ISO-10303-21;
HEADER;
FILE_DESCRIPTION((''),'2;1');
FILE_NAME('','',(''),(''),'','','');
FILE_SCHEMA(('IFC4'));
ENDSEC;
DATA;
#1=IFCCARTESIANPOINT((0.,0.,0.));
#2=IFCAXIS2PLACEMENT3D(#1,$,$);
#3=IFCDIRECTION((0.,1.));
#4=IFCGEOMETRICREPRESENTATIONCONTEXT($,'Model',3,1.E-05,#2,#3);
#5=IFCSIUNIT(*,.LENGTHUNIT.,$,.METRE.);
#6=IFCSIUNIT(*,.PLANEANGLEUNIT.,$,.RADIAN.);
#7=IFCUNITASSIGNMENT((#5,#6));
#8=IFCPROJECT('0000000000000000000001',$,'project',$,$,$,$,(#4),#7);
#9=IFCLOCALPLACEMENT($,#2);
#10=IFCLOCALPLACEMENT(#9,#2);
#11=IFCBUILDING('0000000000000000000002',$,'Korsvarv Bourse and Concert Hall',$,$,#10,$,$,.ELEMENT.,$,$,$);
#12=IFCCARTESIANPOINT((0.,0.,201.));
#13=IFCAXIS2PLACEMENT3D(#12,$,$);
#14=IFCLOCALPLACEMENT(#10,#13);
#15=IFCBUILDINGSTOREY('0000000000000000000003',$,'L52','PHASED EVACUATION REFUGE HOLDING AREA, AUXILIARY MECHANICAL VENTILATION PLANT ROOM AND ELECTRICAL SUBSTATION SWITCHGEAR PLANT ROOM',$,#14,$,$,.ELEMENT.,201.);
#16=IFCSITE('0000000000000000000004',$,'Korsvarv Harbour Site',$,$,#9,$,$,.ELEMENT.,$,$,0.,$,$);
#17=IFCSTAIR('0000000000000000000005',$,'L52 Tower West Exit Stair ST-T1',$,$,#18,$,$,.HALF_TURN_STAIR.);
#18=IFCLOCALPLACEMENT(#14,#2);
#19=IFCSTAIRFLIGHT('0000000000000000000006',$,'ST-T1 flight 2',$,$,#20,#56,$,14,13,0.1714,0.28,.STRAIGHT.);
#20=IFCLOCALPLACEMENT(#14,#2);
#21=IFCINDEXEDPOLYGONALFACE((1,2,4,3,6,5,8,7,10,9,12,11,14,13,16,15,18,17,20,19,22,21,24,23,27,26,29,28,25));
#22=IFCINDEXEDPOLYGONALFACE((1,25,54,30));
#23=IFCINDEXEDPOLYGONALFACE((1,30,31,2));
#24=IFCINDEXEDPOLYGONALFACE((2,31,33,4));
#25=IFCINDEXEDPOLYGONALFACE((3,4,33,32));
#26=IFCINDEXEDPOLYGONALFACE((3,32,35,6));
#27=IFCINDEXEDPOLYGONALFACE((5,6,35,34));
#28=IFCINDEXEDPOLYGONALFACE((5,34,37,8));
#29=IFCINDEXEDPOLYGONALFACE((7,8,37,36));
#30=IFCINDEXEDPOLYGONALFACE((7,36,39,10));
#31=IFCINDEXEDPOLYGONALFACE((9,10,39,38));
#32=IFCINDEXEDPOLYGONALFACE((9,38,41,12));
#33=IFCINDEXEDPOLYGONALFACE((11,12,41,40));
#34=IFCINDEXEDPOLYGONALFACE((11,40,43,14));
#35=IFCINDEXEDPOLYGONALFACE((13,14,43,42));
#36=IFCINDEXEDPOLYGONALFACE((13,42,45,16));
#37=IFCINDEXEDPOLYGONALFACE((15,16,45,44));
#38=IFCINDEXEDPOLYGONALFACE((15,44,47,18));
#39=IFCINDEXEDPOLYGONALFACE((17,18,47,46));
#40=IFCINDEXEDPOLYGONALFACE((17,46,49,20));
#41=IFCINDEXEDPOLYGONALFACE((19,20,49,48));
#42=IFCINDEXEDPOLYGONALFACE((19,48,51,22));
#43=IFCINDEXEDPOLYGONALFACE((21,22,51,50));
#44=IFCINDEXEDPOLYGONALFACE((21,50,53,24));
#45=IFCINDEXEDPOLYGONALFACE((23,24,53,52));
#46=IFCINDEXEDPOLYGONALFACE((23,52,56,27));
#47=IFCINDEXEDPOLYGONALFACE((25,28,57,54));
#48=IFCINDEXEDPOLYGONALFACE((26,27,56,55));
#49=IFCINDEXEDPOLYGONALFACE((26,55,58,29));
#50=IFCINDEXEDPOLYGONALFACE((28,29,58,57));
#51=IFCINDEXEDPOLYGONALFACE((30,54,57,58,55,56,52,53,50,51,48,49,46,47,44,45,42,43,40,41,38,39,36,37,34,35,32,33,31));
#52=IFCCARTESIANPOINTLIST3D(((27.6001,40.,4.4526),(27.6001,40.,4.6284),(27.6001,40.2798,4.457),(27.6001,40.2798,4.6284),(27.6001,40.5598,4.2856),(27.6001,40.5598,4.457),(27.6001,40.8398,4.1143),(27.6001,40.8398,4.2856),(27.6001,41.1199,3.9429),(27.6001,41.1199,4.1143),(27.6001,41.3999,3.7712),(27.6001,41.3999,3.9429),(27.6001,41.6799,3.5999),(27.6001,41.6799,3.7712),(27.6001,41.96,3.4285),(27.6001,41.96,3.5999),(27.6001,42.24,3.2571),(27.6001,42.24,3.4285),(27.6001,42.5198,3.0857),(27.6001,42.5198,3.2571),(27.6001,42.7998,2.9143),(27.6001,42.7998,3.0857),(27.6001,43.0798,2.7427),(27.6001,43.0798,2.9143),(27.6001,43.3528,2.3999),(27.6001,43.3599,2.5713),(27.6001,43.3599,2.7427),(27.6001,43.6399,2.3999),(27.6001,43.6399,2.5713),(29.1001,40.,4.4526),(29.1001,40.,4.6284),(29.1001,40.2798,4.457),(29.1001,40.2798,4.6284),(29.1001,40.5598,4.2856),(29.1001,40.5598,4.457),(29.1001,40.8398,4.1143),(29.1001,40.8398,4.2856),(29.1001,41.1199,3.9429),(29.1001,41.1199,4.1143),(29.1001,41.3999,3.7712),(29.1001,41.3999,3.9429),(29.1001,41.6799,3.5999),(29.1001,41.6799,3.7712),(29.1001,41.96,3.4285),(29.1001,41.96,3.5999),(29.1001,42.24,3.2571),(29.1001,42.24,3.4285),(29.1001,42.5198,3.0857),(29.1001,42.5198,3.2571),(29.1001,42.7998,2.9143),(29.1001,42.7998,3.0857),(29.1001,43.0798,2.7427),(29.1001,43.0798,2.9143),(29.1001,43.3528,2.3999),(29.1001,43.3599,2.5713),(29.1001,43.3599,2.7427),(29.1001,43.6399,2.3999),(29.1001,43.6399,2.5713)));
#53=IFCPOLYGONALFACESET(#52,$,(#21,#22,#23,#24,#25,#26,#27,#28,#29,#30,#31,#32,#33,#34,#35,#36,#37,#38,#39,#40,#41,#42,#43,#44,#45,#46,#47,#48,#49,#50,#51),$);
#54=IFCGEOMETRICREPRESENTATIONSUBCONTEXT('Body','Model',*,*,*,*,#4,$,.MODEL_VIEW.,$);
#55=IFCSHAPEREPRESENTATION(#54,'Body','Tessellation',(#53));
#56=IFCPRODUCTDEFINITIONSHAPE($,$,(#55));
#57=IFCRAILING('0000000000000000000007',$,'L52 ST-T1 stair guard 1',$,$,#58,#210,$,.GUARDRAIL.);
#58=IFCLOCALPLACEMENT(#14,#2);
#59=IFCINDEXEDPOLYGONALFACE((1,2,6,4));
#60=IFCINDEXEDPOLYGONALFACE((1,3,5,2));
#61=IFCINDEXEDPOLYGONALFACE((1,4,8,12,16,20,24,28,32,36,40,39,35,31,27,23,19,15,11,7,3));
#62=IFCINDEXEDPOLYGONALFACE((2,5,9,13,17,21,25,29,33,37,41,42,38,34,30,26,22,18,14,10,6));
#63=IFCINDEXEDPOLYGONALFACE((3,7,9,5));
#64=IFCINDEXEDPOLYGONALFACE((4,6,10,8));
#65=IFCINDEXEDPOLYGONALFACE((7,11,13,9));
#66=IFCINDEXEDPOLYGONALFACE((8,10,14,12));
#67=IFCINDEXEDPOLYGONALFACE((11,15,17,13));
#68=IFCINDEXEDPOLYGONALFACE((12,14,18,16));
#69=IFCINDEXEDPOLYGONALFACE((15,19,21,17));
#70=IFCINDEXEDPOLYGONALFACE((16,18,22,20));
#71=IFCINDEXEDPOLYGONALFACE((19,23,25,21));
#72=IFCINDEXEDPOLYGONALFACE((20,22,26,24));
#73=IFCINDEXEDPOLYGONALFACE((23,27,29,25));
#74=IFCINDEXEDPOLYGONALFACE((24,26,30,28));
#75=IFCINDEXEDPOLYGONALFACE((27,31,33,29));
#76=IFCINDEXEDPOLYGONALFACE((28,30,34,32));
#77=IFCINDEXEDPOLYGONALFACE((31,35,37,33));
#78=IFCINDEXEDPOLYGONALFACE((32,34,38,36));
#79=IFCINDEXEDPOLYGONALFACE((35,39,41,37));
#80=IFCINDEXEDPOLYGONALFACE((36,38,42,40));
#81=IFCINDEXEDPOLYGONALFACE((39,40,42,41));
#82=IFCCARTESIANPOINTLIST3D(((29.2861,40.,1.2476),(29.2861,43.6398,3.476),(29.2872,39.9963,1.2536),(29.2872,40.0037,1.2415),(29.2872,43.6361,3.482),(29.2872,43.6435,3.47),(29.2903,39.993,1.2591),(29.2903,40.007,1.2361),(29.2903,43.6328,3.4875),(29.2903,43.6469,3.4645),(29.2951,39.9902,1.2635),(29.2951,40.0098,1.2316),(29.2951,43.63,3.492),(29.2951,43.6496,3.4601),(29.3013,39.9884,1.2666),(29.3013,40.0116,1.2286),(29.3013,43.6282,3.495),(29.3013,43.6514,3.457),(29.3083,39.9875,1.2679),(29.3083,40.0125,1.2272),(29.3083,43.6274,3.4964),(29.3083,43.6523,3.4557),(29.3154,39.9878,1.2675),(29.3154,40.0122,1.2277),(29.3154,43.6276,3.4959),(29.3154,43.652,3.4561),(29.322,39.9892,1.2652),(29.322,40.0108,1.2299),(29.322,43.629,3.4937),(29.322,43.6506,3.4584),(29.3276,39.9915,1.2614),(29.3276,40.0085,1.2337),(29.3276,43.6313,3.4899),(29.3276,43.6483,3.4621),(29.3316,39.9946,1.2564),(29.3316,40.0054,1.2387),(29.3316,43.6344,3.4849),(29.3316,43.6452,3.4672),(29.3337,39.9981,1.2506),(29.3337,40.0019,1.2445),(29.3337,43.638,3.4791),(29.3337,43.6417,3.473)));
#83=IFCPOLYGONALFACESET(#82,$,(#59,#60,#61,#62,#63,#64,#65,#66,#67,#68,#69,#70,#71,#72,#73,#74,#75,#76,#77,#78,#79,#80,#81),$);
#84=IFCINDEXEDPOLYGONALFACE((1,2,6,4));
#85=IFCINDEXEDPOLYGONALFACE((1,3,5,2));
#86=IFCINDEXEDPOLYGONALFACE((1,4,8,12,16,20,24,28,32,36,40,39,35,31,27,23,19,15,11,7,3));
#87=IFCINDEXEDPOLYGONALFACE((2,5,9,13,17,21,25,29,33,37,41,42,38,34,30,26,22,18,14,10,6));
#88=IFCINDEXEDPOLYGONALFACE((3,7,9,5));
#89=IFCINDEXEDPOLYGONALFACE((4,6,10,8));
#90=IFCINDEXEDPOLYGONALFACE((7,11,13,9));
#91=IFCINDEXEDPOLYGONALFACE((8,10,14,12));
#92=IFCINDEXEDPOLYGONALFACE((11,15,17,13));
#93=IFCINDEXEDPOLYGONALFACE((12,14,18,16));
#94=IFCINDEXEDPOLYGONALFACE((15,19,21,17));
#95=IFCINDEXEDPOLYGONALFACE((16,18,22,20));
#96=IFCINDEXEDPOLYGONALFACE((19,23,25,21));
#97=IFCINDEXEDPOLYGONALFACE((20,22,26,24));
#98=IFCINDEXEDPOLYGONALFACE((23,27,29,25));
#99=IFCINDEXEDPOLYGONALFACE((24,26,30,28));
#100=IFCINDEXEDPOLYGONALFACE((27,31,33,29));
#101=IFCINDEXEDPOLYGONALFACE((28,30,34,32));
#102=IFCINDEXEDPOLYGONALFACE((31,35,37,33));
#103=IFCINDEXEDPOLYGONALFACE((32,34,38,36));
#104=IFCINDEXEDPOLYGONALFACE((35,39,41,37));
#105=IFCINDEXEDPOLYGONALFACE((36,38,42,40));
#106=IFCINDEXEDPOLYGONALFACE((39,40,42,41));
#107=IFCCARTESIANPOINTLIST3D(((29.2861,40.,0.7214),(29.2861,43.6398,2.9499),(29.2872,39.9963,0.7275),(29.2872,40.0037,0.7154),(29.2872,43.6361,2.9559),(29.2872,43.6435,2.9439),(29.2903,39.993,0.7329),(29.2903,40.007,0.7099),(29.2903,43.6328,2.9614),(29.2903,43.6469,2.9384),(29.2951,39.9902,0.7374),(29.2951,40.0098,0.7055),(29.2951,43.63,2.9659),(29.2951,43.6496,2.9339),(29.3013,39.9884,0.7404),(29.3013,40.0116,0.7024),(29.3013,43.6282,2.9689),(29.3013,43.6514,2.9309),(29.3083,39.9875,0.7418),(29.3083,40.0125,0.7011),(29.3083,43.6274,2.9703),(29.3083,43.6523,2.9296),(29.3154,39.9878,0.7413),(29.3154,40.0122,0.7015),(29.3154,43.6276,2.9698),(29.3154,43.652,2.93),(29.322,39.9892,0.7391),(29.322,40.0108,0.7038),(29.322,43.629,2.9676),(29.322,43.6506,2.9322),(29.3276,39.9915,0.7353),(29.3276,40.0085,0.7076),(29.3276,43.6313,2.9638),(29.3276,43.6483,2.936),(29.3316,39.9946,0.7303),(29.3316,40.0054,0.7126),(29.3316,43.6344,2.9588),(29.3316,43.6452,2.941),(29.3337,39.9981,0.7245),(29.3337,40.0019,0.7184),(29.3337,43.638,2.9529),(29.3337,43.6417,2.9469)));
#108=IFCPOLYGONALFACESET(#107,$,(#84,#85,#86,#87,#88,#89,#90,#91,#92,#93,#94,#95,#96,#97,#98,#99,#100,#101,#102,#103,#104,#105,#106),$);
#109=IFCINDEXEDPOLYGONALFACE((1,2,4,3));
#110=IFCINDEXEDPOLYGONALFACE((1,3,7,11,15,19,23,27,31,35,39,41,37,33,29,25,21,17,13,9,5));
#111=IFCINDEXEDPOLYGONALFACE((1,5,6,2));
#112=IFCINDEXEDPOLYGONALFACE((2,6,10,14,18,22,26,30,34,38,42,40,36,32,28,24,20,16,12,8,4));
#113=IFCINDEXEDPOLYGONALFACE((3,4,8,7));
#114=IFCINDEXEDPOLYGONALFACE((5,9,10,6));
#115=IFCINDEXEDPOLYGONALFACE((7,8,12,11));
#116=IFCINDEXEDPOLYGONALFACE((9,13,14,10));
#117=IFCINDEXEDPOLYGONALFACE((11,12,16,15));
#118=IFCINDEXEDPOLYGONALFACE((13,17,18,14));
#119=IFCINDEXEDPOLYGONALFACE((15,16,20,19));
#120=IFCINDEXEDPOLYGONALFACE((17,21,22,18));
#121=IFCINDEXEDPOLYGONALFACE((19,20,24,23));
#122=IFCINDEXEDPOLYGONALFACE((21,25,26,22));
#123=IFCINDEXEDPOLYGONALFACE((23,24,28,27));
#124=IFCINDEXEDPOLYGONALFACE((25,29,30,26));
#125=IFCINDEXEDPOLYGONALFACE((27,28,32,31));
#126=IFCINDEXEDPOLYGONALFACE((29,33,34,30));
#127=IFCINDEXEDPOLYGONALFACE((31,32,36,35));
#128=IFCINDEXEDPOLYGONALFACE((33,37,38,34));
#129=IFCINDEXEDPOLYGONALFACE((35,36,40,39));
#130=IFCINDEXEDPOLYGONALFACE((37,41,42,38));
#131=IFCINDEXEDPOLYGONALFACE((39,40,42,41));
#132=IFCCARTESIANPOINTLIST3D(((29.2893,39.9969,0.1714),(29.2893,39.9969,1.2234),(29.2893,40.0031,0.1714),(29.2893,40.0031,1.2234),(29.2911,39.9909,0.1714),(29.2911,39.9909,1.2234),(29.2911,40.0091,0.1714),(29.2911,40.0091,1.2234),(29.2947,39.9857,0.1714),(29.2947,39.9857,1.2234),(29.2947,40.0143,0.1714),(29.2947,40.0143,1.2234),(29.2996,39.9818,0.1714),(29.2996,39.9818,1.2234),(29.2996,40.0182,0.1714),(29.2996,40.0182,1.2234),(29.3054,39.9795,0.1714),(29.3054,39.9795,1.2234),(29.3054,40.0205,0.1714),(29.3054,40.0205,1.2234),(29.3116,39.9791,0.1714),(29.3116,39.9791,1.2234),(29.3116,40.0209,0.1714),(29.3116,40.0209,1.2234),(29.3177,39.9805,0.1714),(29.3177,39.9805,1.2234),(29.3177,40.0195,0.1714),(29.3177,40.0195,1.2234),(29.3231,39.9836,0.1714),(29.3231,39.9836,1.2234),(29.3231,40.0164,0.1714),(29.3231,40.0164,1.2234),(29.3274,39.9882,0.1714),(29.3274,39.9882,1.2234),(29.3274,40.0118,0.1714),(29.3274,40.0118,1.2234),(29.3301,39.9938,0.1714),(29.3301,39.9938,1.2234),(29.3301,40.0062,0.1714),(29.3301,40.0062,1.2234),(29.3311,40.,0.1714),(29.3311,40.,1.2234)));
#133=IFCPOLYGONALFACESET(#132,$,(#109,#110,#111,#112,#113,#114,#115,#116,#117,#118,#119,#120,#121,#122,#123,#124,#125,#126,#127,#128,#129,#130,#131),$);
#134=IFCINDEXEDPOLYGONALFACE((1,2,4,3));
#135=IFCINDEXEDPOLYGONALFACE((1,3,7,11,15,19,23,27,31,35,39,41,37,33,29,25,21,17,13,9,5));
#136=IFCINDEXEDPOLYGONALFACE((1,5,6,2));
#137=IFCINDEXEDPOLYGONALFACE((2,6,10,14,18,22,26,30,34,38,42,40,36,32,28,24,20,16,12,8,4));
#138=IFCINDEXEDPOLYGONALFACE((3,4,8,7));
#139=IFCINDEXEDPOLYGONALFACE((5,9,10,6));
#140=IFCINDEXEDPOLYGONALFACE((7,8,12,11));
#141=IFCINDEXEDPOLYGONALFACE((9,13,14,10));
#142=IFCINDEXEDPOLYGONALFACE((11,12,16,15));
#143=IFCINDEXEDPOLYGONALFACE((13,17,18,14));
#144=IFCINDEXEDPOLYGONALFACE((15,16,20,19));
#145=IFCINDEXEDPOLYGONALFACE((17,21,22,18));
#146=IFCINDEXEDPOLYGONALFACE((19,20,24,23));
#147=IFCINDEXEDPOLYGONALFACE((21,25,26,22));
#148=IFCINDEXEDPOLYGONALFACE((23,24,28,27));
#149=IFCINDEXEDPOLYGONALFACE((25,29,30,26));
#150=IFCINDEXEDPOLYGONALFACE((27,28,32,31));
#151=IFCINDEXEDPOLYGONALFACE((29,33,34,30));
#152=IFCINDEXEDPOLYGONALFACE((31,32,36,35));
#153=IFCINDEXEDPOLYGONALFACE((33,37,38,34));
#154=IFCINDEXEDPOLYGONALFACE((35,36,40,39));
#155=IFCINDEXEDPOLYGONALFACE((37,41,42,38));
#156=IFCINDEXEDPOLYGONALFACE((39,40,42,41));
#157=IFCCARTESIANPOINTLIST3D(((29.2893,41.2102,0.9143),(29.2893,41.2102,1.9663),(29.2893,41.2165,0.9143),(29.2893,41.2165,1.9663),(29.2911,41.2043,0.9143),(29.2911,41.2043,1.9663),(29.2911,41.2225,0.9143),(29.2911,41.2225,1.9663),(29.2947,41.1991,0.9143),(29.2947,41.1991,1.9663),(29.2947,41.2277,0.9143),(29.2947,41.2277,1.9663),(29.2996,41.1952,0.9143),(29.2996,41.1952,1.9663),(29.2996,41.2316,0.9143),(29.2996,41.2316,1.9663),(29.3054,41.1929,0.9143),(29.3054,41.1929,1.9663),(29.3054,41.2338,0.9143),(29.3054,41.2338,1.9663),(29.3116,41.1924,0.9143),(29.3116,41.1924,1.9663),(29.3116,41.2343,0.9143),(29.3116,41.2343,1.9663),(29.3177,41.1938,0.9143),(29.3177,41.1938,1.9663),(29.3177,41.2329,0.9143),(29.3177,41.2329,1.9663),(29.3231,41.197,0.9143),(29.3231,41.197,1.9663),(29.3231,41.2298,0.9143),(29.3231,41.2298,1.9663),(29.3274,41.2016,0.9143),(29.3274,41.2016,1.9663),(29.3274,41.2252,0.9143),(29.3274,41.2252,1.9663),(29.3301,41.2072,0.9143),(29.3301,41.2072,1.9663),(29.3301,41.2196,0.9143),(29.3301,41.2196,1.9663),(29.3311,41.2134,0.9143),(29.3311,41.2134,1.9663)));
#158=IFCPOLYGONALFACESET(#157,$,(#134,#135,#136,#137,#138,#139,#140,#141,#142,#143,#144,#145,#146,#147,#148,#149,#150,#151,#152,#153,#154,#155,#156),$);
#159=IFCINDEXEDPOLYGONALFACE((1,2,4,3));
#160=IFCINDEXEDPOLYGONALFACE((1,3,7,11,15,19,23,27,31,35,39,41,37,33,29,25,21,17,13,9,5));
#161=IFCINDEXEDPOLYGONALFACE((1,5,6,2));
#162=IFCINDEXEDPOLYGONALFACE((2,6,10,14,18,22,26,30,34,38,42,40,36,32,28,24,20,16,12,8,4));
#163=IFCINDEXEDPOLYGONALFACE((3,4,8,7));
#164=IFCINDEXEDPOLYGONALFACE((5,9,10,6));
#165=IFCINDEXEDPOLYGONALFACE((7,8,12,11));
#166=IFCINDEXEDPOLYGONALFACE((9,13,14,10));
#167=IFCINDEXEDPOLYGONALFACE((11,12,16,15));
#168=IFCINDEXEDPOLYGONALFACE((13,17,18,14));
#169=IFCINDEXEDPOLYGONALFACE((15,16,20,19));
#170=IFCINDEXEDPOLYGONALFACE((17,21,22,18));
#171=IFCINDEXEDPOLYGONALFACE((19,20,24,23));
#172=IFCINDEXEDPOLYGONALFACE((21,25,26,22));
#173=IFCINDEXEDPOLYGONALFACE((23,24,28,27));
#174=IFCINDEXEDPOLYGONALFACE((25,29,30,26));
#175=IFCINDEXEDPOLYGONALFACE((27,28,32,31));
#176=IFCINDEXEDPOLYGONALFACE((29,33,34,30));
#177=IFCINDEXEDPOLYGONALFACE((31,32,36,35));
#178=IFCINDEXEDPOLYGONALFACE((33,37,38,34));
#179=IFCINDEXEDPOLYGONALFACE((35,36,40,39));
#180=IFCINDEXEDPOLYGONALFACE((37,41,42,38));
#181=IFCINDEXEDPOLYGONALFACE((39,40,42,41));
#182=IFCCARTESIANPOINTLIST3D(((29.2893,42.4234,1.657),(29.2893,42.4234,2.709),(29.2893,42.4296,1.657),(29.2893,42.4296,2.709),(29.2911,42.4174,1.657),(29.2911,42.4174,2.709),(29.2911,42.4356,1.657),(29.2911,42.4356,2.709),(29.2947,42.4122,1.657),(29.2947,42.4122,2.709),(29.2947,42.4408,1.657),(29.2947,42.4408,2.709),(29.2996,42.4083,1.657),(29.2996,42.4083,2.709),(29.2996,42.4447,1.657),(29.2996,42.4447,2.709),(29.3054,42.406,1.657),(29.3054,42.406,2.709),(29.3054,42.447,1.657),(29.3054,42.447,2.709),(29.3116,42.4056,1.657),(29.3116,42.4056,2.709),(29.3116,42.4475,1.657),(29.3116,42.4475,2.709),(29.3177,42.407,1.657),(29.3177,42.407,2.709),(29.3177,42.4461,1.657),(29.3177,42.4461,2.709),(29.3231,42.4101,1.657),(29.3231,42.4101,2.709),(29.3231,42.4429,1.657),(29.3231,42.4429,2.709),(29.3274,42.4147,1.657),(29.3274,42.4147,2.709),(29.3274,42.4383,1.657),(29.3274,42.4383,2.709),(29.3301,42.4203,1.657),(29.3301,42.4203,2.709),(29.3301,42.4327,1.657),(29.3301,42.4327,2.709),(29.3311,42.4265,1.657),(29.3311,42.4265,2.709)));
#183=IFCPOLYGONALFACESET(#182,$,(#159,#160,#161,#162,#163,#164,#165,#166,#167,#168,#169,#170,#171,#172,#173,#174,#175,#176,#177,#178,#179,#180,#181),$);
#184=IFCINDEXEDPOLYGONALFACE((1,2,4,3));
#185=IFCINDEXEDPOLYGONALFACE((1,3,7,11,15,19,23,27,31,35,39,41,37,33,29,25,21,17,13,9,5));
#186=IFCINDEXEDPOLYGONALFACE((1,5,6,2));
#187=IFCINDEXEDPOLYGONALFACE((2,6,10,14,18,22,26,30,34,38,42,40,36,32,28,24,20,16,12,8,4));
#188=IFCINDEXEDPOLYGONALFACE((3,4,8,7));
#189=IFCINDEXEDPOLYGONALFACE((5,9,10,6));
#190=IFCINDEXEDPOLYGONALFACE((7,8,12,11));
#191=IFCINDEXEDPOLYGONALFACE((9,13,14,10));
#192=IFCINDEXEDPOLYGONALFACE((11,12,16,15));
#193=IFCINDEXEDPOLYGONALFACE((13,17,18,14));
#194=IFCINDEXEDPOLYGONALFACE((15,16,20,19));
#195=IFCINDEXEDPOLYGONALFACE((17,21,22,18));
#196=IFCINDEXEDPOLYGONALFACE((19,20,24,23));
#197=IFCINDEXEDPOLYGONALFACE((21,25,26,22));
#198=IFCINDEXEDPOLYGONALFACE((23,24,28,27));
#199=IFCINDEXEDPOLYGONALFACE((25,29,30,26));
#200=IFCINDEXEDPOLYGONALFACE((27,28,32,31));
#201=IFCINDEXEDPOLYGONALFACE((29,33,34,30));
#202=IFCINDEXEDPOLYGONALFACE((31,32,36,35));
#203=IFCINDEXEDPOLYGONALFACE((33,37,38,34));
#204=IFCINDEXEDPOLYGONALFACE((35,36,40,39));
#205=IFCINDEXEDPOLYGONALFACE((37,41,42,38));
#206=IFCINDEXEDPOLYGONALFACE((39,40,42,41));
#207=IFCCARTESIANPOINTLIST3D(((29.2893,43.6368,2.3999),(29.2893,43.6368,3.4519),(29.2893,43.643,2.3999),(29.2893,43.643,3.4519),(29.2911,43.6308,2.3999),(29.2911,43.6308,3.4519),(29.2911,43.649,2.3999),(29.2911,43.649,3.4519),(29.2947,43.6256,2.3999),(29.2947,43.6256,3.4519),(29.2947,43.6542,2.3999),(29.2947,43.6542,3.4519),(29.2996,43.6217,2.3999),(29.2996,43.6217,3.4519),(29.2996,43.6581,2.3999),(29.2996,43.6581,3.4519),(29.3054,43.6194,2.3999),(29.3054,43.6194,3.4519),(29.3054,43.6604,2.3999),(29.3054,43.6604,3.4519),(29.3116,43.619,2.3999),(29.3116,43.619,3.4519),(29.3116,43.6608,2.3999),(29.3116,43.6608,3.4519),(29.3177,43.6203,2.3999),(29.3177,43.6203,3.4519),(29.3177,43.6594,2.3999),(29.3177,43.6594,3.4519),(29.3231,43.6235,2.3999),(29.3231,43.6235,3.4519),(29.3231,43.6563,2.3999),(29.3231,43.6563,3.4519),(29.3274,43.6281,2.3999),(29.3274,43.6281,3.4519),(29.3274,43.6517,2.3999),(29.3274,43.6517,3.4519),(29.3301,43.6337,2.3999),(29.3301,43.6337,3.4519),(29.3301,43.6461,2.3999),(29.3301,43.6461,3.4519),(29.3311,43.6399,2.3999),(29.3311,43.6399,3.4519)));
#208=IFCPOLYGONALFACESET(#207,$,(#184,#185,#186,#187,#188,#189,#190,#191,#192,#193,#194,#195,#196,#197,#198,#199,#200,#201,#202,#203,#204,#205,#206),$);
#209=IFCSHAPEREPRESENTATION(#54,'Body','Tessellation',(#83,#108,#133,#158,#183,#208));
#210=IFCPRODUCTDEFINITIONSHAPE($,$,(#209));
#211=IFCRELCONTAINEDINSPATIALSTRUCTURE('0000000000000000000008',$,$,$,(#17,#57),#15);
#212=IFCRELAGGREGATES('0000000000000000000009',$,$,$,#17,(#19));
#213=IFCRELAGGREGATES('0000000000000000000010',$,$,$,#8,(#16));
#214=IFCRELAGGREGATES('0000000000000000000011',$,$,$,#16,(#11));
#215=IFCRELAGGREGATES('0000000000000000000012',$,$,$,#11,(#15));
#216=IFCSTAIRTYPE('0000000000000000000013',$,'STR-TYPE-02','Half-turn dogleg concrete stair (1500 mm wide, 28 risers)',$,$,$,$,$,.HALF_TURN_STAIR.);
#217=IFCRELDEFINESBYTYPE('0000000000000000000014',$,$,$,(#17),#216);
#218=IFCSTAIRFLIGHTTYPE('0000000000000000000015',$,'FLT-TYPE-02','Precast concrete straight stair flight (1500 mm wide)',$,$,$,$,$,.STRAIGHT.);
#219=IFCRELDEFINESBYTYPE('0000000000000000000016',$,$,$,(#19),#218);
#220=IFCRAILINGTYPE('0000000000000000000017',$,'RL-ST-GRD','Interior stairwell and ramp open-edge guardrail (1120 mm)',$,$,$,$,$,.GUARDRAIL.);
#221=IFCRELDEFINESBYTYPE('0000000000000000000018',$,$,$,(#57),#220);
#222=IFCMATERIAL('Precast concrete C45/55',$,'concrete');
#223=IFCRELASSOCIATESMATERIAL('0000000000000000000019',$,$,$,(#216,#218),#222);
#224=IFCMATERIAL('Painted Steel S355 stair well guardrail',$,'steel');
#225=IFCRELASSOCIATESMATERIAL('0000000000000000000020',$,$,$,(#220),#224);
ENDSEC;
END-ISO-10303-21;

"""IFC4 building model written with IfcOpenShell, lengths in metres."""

from ifc_helpers import new_model, si_unit, direction, frame, origin, origin_2d, place, context, subcontext, project, spatial, polyline, circle, outline, extrude, material, type_object, element, aggregate, save


model = new_model("IFC4")

# Units and contexts
model_context = context("Model", 3, precision=1e-05, world=origin(), true_north=direction((0.0, 1.0)))
body_context = subcontext(model_context, "Body", "Model", "MODEL_VIEW")
ifc_project = project(units=[si_unit("LENGTHUNIT", "METRE"), si_unit("PLANEANGLEUNIT", "RADIAN")], contexts=[model_context])

# Site, building, storey
site_placement = place(None, origin())
site = spatial("IfcSite", under=ifc_project, at=site_placement, Name="Korsvarv Harbour Site", CompositionType="ELEMENT", RefElevation=0.0)
building_placement = place(site_placement, origin())
building = spatial("IfcBuilding", under=site, at=building_placement, Name="Korsvarv Bourse and Concert Hall", CompositionType="ELEMENT")
storey_placement = place(building_placement, frame((0.0, 0.0, 201.0)))
storey = spatial("IfcBuildingStorey", under=building, at=storey_placement, Name="L52", Description="PHASED EVACUATION REFUGE HOLDING AREA, AUXILIARY MECHANICAL VENTILATION PLANT ROOM AND ELECTRICAL SUBSTATION SWITCHGEAR PLANT ROOM", CompositionType="ELEMENT", Elevation=201.0)

# Stair, stair flight
ifc_material_1 = material(Name="Precast concrete C45/55", Category="concrete")
stair_type = type_object("IfcStairType", Name="STR-TYPE-02", Description="Half-turn dogleg concrete stair (1500 mm wide, 28 risers)", PredefinedType="HALF_TURN_STAIR", material=ifc_material_1)
stair_placement = place(storey_placement, origin())
stair = element("IfcStair", 1, at=stair_placement, inside=storey, type_object=stair_type, Name="L52 Tower West Exit Stair ST-T1", PredefinedType="HALF_TURN_STAIR")
stair_flight_type = type_object("IfcStairFlightType", Name="FLT-TYPE-02", Description="Precast concrete straight stair flight (1500 mm wide)", PredefinedType="STRAIGHT", material=ifc_material_1)
stair_flight_1_placement = place(storey_placement, frame((28.3501, 43.6399, 2.3999), z_axis=(0.0, 0.0, 1.0), x_axis=(0.0, -1.0, 0.0)))
stair_flight_1 = element("IfcStairFlight", 2, at=stair_flight_1_placement, type_object=stair_flight_type, Name="ST-T1 flight 2", NumberOfRisers=14, NumberOfTreads=13, PredefinedType="STRAIGHT", RiserHeight=0.1714, TreadLength=0.28, context=body_context, shape_type="SweptSolid", body=[
    extrude(outline(polyline([(0.0, 0.0), (0.0, 0.1714), (0.28, 0.1714), (0.28, 0.3428), (0.5601, 0.3428), (0.5601, 0.5144), (0.8401, 0.5144), (0.8401, 0.6858), (1.1201, 0.6858), (1.1201, 0.8572), (1.3999, 0.8572), (1.3999, 1.0286), (1.6799, 1.0286), (1.6799, 1.2), (1.96, 1.2), (1.96, 1.3713), (2.24, 1.3713), (2.24, 1.543), (2.52, 1.543), (2.52, 1.7144), (2.8, 1.7144), (2.8, 1.8857), (3.0801, 1.8857), (3.0801, 2.0571), (3.3601, 2.0571), (3.3601, 2.2285), (3.6399, 2.2285), (3.6399, 2.3999), (3.6399, 2.0527), (0.2871, 0.0), (0.0, 0.0)])), frame((0.0, 0.75, 0.0), z_axis=(0.0, -1.0, 0.0), x_axis=(1.0, 0.0, 0.0)), (0.0, 0.0, 1.0), 1.5),
])
aggregate(stair, [stair_flight_1])

# Railing
ifc_material_2 = material(Name="Painted Steel S355 stair well guardrail", Category="steel")
railing_type_1 = type_object("IfcRailingType", Name="RL-ST-GRD", Description="Interior stairwell and ramp open-edge guardrail (1120 mm)", PredefinedType="GUARDRAIL", material=ifc_material_2)
railing_1_placement = place(storey_placement, frame((29.3101, 40.0, 0.1714)))
element("IfcRailing", 3, at=railing_1_placement, inside=storey, type_object=railing_type_1, Name="L52 ST-T1 stair guard 1", PredefinedType="GUARDRAIL", context=body_context, shape_type="SweptSolid", body=[
    extrude(circle(Radius=0.0239, at=origin_2d()), frame((0.0, 0.0, 1.0762), z_axis=(0.0, 0.85285, 0.522156), x_axis=(-1.0, 0.0, 0.0)), (0.0, 0.0, 1.0), 4.2678),
    extrude(circle(Radius=0.0239, at=origin_2d()), frame((0.0, 0.0, 0.55), z_axis=(0.0, 0.85285, 0.522156), x_axis=(-1.0, 0.0, 0.0)), (0.0, 0.0, 1.0), 4.2678),
    extrude(circle(Radius=0.021, at=origin_2d()), origin(), (0.0, 0.0, 1.0), 1.052),
    extrude(circle(Radius=0.021, at=origin_2d()), frame((0.0, 1.2134, 0.7429)), (0.0, 0.0, 1.0), 1.052),
    extrude(circle(Radius=0.021, at=origin_2d()), frame((0.0, 2.4265, 1.4856)), (0.0, 0.0, 1.0), 1.052),
    extrude(circle(Radius=0.021, at=origin_2d()), frame((0.0, 3.6399, 2.2285)), (0.0, 0.0, 1.0), 1.052),
])

save(model, "model.ifc")
